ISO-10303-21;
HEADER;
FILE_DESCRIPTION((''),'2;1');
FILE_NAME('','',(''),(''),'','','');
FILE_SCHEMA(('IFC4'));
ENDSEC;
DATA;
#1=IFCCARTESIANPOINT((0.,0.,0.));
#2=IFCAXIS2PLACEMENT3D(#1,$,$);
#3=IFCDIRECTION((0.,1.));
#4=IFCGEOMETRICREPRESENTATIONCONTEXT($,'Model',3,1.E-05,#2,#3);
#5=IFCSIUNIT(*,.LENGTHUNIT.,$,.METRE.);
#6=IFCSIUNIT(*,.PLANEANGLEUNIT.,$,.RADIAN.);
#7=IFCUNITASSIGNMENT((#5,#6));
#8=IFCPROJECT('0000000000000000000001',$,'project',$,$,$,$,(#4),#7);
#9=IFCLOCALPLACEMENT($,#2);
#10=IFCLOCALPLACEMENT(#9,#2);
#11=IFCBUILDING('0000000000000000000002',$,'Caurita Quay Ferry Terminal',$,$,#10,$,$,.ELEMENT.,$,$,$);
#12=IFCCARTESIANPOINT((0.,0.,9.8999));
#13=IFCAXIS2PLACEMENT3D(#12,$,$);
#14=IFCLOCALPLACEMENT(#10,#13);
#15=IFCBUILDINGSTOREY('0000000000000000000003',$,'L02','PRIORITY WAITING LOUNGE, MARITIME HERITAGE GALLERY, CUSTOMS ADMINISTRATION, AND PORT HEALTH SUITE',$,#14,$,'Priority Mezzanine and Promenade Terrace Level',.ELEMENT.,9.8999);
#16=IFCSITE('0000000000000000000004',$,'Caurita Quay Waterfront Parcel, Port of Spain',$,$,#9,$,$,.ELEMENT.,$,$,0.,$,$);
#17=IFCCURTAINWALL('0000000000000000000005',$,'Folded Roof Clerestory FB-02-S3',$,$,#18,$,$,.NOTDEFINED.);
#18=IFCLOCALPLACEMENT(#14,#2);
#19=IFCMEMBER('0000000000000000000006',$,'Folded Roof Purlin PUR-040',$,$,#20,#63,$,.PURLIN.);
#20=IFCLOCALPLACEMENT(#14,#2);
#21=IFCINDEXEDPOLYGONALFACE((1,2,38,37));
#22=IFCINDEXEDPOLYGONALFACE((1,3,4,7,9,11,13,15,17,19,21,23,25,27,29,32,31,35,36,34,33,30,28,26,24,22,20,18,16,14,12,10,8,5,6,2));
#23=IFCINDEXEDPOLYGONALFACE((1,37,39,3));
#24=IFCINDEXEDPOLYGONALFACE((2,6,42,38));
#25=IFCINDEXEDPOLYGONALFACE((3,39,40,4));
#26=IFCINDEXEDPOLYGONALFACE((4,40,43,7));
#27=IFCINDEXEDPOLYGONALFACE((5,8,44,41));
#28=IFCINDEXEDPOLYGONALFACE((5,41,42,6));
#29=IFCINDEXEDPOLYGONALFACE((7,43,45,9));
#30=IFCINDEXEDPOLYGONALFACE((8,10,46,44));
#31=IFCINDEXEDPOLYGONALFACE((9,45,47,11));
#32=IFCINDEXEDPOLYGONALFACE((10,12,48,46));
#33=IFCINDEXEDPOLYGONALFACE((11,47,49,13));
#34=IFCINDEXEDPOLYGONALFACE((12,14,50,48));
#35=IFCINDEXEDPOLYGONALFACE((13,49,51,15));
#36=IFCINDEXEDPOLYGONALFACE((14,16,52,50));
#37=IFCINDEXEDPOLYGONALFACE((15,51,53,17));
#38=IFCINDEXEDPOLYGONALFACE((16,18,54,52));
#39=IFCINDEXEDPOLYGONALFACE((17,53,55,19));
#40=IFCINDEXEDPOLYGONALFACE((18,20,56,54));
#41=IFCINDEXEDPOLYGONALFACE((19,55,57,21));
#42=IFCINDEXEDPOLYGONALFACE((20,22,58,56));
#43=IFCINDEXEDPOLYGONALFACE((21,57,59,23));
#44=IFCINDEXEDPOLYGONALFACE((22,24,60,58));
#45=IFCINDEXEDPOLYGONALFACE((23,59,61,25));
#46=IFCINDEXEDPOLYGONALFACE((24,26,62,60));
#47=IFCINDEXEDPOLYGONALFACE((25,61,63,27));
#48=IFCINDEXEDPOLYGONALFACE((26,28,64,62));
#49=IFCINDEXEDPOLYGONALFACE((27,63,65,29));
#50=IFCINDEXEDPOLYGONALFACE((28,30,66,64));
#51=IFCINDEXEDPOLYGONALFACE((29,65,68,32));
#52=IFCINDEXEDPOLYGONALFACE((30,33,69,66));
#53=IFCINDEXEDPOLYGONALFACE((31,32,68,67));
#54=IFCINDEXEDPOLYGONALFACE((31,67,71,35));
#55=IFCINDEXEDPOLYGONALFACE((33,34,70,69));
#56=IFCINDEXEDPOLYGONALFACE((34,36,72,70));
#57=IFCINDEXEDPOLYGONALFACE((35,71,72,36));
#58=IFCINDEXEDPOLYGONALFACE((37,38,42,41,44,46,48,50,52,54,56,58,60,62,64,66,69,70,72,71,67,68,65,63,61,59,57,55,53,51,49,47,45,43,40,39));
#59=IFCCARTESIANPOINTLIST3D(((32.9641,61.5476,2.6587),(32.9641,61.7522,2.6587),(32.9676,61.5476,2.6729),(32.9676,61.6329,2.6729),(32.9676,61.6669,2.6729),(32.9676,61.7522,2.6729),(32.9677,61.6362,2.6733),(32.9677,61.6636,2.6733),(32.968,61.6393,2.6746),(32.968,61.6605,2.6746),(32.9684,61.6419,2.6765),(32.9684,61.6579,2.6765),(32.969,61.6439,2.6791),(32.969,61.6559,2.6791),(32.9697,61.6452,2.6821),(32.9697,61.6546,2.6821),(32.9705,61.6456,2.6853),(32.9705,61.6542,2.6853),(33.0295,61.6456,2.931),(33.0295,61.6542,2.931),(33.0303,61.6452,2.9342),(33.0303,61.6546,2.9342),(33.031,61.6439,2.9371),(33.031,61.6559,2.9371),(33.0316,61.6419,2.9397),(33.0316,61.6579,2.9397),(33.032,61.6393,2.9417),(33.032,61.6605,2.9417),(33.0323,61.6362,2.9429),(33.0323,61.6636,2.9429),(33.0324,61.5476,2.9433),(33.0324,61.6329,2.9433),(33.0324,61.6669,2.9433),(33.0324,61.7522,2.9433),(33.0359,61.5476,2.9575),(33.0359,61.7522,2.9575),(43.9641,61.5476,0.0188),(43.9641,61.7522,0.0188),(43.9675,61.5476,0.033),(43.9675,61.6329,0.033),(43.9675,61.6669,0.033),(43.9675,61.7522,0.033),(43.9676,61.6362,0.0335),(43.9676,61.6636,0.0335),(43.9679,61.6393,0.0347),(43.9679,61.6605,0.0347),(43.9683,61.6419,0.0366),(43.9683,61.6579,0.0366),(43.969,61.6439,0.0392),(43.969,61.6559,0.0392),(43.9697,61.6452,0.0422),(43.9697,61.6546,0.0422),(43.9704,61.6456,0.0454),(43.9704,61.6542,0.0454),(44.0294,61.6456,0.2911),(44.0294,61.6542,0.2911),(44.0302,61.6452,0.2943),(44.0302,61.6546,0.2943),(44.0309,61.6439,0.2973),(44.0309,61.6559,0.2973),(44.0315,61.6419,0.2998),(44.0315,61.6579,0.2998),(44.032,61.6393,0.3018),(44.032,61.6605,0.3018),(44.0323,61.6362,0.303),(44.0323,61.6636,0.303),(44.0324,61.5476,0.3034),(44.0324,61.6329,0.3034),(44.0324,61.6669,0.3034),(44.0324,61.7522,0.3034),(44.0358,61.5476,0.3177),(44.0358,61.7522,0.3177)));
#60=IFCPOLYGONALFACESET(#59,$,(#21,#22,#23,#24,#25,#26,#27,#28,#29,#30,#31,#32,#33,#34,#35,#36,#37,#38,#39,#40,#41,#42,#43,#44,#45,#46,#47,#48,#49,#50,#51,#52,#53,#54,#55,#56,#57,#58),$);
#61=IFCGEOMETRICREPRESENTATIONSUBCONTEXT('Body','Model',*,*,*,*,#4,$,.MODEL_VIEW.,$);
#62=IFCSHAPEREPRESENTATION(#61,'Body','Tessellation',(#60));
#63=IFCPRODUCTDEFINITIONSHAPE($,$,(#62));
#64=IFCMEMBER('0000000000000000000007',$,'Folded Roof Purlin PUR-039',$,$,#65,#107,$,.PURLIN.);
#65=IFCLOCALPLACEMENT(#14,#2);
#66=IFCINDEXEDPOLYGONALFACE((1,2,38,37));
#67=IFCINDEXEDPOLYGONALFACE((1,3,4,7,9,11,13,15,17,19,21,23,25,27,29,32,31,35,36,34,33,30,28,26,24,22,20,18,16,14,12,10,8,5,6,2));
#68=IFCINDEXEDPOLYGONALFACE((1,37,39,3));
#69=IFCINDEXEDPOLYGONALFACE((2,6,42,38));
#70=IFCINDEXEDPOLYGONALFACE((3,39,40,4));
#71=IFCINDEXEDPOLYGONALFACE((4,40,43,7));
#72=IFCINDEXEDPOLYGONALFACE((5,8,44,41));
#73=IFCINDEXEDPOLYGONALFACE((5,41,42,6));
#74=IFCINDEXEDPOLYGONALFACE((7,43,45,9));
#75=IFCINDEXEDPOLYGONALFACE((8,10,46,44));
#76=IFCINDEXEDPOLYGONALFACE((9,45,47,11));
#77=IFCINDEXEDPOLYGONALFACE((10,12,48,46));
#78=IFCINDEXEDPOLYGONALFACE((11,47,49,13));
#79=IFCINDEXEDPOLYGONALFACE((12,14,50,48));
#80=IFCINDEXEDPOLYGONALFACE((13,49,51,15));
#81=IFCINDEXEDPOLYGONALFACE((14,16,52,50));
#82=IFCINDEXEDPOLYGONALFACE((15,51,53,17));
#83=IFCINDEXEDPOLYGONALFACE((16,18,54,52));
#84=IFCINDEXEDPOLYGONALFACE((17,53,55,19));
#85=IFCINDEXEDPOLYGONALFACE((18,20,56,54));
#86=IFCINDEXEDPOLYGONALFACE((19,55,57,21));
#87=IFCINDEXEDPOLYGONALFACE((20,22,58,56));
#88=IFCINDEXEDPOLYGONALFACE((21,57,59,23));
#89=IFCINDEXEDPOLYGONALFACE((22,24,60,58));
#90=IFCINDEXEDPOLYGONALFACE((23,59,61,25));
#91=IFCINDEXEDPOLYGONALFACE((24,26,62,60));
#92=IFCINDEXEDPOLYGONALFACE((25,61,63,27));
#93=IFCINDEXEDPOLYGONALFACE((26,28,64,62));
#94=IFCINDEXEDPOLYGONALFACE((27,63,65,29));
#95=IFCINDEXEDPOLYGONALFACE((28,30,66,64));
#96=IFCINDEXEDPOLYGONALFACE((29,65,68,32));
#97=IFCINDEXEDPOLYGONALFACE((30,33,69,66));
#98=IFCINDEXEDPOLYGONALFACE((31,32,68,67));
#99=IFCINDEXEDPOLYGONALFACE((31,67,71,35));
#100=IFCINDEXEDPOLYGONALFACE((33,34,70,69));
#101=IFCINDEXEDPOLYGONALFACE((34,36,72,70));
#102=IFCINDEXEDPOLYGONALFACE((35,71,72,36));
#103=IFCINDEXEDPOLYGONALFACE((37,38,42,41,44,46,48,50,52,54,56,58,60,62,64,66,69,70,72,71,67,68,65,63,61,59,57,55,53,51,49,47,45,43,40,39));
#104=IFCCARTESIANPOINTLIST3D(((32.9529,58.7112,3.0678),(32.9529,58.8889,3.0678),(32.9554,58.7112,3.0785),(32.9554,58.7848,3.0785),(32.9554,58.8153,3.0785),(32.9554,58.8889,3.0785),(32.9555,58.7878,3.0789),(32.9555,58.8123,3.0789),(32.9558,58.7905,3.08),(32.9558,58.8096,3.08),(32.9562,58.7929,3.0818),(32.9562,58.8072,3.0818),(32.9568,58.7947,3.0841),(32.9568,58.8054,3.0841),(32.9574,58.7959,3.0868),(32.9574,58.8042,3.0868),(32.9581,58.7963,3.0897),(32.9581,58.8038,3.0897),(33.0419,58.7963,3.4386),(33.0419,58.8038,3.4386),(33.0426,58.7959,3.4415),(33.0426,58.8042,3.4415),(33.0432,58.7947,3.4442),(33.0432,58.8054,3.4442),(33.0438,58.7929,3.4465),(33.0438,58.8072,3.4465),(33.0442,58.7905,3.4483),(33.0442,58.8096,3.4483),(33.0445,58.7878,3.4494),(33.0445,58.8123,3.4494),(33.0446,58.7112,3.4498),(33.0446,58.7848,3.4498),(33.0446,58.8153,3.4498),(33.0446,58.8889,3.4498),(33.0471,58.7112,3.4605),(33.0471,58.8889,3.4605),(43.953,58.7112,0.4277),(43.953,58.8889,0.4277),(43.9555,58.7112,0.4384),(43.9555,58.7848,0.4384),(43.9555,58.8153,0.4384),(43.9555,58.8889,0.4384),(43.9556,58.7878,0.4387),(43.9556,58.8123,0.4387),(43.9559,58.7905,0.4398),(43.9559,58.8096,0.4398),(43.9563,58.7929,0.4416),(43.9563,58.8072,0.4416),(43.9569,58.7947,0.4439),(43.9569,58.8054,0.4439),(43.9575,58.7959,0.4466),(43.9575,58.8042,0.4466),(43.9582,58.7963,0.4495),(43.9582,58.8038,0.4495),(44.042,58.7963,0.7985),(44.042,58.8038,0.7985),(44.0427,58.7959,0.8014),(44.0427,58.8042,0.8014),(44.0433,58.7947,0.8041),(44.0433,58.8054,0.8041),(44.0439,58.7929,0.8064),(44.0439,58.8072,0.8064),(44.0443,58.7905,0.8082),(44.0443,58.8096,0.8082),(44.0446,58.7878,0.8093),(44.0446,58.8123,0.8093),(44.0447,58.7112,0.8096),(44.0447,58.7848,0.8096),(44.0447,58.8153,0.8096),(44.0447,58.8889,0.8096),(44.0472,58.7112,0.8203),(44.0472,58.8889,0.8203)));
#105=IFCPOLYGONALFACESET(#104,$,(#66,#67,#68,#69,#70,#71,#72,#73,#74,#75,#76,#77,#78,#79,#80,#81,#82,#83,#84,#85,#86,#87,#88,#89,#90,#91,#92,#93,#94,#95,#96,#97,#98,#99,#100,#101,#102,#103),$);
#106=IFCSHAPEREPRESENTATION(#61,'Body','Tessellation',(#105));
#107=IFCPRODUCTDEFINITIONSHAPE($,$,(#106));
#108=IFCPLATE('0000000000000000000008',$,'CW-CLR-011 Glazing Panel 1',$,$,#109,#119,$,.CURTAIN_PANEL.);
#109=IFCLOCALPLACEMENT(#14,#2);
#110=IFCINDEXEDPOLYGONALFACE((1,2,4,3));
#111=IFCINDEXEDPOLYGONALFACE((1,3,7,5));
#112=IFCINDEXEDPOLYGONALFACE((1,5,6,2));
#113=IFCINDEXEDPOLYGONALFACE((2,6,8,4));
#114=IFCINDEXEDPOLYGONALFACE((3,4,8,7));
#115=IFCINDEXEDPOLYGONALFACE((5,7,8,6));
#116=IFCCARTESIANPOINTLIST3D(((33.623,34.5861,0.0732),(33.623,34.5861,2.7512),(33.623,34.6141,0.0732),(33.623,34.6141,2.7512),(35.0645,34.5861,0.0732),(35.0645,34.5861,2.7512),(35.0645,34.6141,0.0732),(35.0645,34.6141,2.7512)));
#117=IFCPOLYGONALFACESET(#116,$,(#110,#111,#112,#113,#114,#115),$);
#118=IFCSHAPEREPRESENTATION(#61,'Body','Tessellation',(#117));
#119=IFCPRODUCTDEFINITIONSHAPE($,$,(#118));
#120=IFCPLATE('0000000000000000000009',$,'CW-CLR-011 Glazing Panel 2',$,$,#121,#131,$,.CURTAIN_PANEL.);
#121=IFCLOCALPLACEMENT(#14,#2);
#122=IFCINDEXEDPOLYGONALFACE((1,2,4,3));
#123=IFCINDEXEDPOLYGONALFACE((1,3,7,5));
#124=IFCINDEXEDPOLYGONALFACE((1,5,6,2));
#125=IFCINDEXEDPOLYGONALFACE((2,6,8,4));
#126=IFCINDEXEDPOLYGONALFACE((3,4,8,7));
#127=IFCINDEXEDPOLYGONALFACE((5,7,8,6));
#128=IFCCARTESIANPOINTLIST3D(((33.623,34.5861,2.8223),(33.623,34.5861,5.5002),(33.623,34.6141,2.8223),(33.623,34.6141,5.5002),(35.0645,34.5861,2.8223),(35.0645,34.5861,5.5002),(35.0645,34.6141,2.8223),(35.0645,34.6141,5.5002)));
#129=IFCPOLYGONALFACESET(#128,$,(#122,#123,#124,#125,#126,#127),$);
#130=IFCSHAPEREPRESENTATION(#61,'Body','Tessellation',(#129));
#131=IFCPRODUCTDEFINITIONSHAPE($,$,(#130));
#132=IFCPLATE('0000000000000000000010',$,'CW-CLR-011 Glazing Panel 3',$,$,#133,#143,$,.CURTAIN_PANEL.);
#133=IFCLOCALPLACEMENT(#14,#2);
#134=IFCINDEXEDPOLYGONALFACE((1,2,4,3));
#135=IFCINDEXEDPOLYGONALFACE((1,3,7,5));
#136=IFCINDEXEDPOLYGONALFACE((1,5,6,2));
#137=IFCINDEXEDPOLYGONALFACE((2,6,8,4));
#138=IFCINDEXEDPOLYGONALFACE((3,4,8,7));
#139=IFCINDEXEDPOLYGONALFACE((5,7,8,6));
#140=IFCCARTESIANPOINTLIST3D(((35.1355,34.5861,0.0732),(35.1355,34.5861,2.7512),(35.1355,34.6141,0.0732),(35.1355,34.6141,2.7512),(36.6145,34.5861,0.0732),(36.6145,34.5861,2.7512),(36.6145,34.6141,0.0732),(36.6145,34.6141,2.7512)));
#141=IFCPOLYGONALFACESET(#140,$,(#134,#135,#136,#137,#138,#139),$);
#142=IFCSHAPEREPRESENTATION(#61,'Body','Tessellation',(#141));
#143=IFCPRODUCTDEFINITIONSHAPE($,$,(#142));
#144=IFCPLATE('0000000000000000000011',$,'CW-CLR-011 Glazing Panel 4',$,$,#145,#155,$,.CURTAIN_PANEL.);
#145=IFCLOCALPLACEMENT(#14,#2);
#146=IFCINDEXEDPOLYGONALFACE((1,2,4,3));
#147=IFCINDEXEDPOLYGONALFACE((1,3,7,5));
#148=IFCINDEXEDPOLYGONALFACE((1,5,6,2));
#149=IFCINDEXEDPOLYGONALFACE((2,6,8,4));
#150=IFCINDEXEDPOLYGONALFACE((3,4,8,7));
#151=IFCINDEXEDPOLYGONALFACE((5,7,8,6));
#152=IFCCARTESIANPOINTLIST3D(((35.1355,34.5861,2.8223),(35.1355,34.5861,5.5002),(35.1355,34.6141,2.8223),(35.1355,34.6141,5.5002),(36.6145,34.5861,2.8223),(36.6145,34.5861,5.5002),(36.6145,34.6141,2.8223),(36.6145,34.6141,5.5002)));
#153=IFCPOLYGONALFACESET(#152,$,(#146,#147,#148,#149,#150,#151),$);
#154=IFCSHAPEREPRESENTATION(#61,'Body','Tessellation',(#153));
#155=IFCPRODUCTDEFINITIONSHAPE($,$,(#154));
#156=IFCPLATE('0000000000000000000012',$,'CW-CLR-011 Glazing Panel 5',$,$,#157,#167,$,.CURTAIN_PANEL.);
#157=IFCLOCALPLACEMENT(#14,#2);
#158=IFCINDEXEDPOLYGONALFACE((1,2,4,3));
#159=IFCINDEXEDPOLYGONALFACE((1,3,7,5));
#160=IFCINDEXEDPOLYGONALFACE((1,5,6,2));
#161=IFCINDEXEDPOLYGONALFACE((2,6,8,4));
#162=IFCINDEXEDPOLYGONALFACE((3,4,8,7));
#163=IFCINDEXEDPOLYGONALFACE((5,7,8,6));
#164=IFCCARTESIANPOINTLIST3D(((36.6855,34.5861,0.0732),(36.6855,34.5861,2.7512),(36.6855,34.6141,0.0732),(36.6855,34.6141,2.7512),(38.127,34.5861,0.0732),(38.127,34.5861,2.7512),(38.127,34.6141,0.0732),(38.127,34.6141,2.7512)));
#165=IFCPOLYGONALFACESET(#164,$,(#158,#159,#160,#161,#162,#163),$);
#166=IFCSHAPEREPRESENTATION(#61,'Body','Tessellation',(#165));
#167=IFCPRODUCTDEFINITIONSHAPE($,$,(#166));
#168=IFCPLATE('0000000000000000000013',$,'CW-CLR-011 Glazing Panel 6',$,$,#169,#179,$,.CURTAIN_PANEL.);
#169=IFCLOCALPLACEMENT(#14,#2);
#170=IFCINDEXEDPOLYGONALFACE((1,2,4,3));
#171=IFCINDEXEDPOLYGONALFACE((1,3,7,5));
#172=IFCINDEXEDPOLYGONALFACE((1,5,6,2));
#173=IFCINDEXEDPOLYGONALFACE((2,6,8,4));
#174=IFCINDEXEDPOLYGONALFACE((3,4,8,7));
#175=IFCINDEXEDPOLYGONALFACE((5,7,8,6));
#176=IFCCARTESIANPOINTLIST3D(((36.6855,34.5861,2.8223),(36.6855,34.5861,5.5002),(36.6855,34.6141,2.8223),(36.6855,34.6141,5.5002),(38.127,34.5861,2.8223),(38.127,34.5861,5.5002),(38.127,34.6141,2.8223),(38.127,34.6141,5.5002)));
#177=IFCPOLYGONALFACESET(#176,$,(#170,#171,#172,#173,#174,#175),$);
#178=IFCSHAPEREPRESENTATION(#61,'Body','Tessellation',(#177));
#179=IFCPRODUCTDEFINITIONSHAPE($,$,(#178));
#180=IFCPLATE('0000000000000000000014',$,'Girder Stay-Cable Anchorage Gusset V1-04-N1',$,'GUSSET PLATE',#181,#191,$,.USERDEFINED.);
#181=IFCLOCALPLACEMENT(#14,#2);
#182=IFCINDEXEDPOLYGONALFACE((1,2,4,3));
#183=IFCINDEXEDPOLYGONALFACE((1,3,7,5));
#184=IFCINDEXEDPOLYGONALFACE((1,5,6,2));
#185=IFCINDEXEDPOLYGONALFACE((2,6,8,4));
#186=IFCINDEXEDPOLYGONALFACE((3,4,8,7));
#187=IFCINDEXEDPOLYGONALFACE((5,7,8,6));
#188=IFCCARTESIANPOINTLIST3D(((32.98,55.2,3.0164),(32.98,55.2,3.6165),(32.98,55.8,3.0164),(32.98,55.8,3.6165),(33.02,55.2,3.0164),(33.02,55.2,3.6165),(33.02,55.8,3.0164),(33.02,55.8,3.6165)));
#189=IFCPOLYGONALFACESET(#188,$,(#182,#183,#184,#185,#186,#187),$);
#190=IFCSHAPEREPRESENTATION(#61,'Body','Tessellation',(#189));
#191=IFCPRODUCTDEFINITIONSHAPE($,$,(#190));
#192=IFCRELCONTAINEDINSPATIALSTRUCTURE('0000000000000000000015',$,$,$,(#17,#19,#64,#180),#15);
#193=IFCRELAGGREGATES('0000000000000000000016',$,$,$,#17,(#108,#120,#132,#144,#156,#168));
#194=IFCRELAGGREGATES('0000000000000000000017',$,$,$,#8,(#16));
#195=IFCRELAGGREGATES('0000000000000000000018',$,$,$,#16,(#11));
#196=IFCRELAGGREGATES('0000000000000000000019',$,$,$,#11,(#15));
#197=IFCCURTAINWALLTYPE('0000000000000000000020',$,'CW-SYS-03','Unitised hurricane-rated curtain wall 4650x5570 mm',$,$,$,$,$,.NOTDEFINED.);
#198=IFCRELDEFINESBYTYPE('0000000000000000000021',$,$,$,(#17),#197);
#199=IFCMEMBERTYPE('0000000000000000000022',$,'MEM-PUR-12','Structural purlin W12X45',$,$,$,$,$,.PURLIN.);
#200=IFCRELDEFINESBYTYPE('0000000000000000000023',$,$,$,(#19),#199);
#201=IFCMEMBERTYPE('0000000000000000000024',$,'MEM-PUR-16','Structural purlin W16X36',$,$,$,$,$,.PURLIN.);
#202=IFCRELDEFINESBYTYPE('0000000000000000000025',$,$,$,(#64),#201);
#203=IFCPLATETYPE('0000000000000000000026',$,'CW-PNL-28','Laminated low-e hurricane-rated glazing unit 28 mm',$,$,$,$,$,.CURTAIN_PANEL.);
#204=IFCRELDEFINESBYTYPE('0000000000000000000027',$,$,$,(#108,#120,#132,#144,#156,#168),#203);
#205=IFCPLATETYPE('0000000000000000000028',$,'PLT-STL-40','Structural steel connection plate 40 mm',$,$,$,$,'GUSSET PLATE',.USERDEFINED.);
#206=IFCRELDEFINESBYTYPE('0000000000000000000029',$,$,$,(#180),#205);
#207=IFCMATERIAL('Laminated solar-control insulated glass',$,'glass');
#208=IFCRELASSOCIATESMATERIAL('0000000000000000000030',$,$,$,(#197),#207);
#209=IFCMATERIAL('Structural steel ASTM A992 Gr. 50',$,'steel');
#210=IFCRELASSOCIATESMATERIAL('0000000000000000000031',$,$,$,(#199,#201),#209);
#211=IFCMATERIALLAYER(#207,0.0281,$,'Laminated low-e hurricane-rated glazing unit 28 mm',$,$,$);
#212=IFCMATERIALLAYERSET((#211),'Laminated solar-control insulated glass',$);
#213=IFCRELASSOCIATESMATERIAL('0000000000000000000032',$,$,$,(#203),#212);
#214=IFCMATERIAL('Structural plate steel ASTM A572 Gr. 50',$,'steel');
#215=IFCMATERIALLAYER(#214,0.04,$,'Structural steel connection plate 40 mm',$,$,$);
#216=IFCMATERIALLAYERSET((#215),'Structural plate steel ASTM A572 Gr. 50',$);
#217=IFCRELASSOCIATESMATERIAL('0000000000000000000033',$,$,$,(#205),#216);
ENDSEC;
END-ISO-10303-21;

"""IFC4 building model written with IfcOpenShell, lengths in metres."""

from ifc_helpers import new_model, si_unit, direction, frame, origin, origin_2d, place, context, subcontext, project, spatial, rectangle, i_section, extrude, material, layer, layer_set, material_profile, profile_set, type_object, element, aggregate, save


model = new_model("IFC4")

# Units and contexts
model_context = context("Model", 3, precision=1e-05, world=origin(), true_north=direction((0.0, 1.0)))
body_context = subcontext(model_context, "Body", "Model", "MODEL_VIEW")
ifc_project = project(units=[si_unit("LENGTHUNIT", "METRE"), si_unit("PLANEANGLEUNIT", "RADIAN")], contexts=[model_context])

# Site, building, storey
site_placement = place(None, origin())
site = spatial("IfcSite", under=ifc_project, at=site_placement, Name="Caurita Quay Waterfront Parcel, Port of Spain", CompositionType="ELEMENT", RefElevation=0.0)
building_placement = place(site_placement, origin())
building = spatial("IfcBuilding", under=site, at=building_placement, Name="Caurita Quay Ferry Terminal", CompositionType="ELEMENT")
storey_placement = place(building_placement, frame((0.0, 0.0, 9.8999)))
storey = spatial("IfcBuildingStorey", under=building, at=storey_placement, Name="L02", Description="PRIORITY WAITING LOUNGE, MARITIME HERITAGE GALLERY, CUSTOMS ADMINISTRATION, AND PORT HEALTH SUITE", LongName="Priority Mezzanine and Promenade Terrace Level", CompositionType="ELEMENT", Elevation=9.8999)

# Curtain wall
ifc_material_1 = material(Name="Laminated solar-control insulated glass", Category="glass")
curtain_wall_type_1 = type_object("IfcCurtainWallType", Name="CW-SYS-03", Description="Unitised hurricane-rated curtain wall 4650x5570 mm", PredefinedType="NOTDEFINED", material=ifc_material_1)
curtain_wall_1_placement = place(storey_placement, origin())
curtain_wall_1 = element("IfcCurtainWall", 1, at=curtain_wall_1_placement, inside=storey, type_object=curtain_wall_type_1, Name="Folded Roof Clerestory FB-02-S3", PredefinedType="NOTDEFINED")

# Members
ifc_material_2 = material(Name="Structural steel ASTM A992 Gr. 50", Category="steel")
ifc_material_profile_1 = material_profile(ifc_material_2, i_section(OverallWidth=0.2046, OverallDepth=0.3074, WebThickness=0.0085, FlangeThickness=0.0146, FilletRadius=0.0127, at=origin_2d()), Name="W12X45")
ifc_profile_set_1 = profile_set([ifc_material_profile_1], Name="Structural steel ASTM A992 Gr. 50")
member_type_1 = type_object("IfcMemberType", Name="MEM-PUR-12", Description="Structural purlin W12X45", PredefinedType="PURLIN", material=ifc_profile_set_1)
member_1_placement = place(storey_placement, frame((33.0, 61.6499, 2.8081), z_axis=(0.972389, 0.0, -0.233364), x_axis=(0.0, 1.0, 0.0)))
element("IfcMember", 2, at=member_1_placement, inside=storey, type_object=member_type_1, Name="Folded Roof Purlin PUR-040", PredefinedType="PURLIN", context=body_context, shape_type="SweptSolid", body=[
    extrude(i_section(OverallWidth=0.2046, OverallDepth=0.3074, WebThickness=0.0085, FlangeThickness=0.0146, FilletRadius=0.0127, at=origin_2d()), origin(), (0.0, 0.0, 1.0), 11.3123),
])
ifc_material_profile_2 = material_profile(ifc_material_2, i_section(OverallWidth=0.1777, OverallDepth=0.4038, WebThickness=0.0076, FlangeThickness=0.011, FilletRadius=0.0115, at=origin_2d()), Name="W16X36")
ifc_profile_set_2 = profile_set([ifc_material_profile_2], Name="Structural steel ASTM A992 Gr. 50")
member_type_2 = type_object("IfcMemberType", Name="MEM-PUR-16", Description="Structural purlin W16X36", PredefinedType="PURLIN", material=ifc_profile_set_2)
member_2_placement = place(storey_placement, frame((33.0, 58.8, 3.2642), z_axis=(0.972385, 0.0, -0.233384), x_axis=(0.0, 1.0, 0.0)))
element("IfcMember", 3, at=member_2_placement, inside=storey, type_object=member_type_2, Name="Folded Roof Purlin PUR-039", PredefinedType="PURLIN", context=body_context, shape_type="SweptSolid", body=[
    extrude(i_section(OverallWidth=0.1777, OverallDepth=0.4038, WebThickness=0.0076, FlangeThickness=0.011, FilletRadius=0.0115, at=origin_2d()), origin(), (0.0, 0.0, 1.0), 11.3125),
])

# Plates
ifc_layer_1 = layer(ifc_material_1, 0.0281, Name="Laminated low-e hurricane-rated glazing unit 28 mm")
ifc_layer_set_1 = layer_set([ifc_layer_1], Name="Laminated solar-control insulated glass")
plate_type_1 = type_object("IfcPlateType", Name="CW-PNL-28", Description="Laminated low-e hurricane-rated glazing unit 28 mm", PredefinedType="CURTAIN_PANEL", material=ifc_layer_set_1)
plate_1_placement = place(storey_placement, frame((34.3438, 34.6001, 0.0732), z_axis=(0.0, 0.0, 1.0), x_axis=(1.0, 0.0, 0.0)))
plate_1 = element("IfcPlate", 4, at=plate_1_placement, type_object=plate_type_1, Name="CW-CLR-011 Glazing Panel 1", PredefinedType="CURTAIN_PANEL", context=body_context, shape_type="SweptSolid", body=[
    extrude(rectangle(XDim=1.4414, YDim=0.0281, at=origin_2d()), origin(), (0.0, 0.0, 1.0), 2.678),
])
plate_2_placement = place(storey_placement, frame((34.3438, 34.6001, 2.8223), z_axis=(0.0, 0.0, 1.0), x_axis=(1.0, 0.0, 0.0)))
plate_2 = element("IfcPlate", 5, at=plate_2_placement, type_object=plate_type_1, Name="CW-CLR-011 Glazing Panel 2", PredefinedType="CURTAIN_PANEL", context=body_context, shape_type="SweptSolid", body=[
    extrude(rectangle(XDim=1.4414, YDim=0.0281, at=origin_2d()), origin(), (0.0, 0.0, 1.0), 2.678),
])
plate_3_placement = place(storey_placement, frame((35.875, 34.6001, 0.0732), z_axis=(0.0, 0.0, 1.0), x_axis=(1.0, 0.0, 0.0)))
plate_3 = element("IfcPlate", 6, at=plate_3_placement, type_object=plate_type_1, Name="CW-CLR-011 Glazing Panel 3", PredefinedType="CURTAIN_PANEL", context=body_context, shape_type="SweptSolid", body=[
    extrude(rectangle(XDim=1.479, YDim=0.0281, at=origin_2d()), origin(), (0.0, 0.0, 1.0), 2.678),
])
plate_4_placement = place(storey_placement, frame((35.875, 34.6001, 2.8223), z_axis=(0.0, 0.0, 1.0), x_axis=(1.0, 0.0, 0.0)))
plate_4 = element("IfcPlate", 7, at=plate_4_placement, type_object=plate_type_1, Name="CW-CLR-011 Glazing Panel 4", PredefinedType="CURTAIN_PANEL", context=body_context, shape_type="SweptSolid", body=[
    extrude(rectangle(XDim=1.479, YDim=0.0281, at=origin_2d()), origin(), (0.0, 0.0, 1.0), 2.678),
])
plate_5_placement = place(storey_placement, frame((37.4062, 34.6001, 0.0732), z_axis=(0.0, 0.0, 1.0), x_axis=(1.0, 0.0, 0.0)))
plate_5 = element("IfcPlate", 8, at=plate_5_placement, type_object=plate_type_1, Name="CW-CLR-011 Glazing Panel 5", PredefinedType="CURTAIN_PANEL", context=body_context, shape_type="SweptSolid", body=[
    extrude(rectangle(XDim=1.4414, YDim=0.0281, at=origin_2d()), origin(), (0.0, 0.0, 1.0), 2.678),
])
plate_6_placement = place(storey_placement, frame((37.4062, 34.6001, 2.8223), z_axis=(0.0, 0.0, 1.0), x_axis=(1.0, 0.0, 0.0)))
plate_6 = element("IfcPlate", 9, at=plate_6_placement, type_object=plate_type_1, Name="CW-CLR-011 Glazing Panel 6", PredefinedType="CURTAIN_PANEL", context=body_context, shape_type="SweptSolid", body=[
    extrude(rectangle(XDim=1.4414, YDim=0.0281, at=origin_2d()), origin(), (0.0, 0.0, 1.0), 2.678),
])
aggregate(curtain_wall_1, [plate_1, plate_2, plate_3, plate_4, plate_5, plate_6])
ifc_material_3 = material(Name="Structural plate steel ASTM A572 Gr. 50", Category="steel")
ifc_layer_2 = layer(ifc_material_3, 0.04, Name="Structural steel connection plate 40 mm")
ifc_layer_set_2 = layer_set([ifc_layer_2], Name="Structural plate steel ASTM A572 Gr. 50")
plate_type_2 = type_object("IfcPlateType", Name="PLT-STL-40", Description="Structural steel connection plate 40 mm", ElementType="GUSSET PLATE", PredefinedType="USERDEFINED", material=ifc_layer_set_2)
plate_7_placement = place(storey_placement, frame((33.0, 55.5, 3.0164), z_axis=(0.0, 0.0, 1.0), x_axis=(1.0, 0.0, 0.0)))
element("IfcPlate", 10, at=plate_7_placement, inside=storey, type_object=plate_type_2, Name="Girder Stay-Cable Anchorage Gusset V1-04-N1", ObjectType="GUSSET PLATE", PredefinedType="USERDEFINED", context=body_context, shape_type="SweptSolid", body=[
    extrude(rectangle(XDim=0.04, YDim=0.6001, at=origin_2d()), origin(), (0.0, 0.0, 1.0), 0.6001),
])

save(model, "model.ifc")
